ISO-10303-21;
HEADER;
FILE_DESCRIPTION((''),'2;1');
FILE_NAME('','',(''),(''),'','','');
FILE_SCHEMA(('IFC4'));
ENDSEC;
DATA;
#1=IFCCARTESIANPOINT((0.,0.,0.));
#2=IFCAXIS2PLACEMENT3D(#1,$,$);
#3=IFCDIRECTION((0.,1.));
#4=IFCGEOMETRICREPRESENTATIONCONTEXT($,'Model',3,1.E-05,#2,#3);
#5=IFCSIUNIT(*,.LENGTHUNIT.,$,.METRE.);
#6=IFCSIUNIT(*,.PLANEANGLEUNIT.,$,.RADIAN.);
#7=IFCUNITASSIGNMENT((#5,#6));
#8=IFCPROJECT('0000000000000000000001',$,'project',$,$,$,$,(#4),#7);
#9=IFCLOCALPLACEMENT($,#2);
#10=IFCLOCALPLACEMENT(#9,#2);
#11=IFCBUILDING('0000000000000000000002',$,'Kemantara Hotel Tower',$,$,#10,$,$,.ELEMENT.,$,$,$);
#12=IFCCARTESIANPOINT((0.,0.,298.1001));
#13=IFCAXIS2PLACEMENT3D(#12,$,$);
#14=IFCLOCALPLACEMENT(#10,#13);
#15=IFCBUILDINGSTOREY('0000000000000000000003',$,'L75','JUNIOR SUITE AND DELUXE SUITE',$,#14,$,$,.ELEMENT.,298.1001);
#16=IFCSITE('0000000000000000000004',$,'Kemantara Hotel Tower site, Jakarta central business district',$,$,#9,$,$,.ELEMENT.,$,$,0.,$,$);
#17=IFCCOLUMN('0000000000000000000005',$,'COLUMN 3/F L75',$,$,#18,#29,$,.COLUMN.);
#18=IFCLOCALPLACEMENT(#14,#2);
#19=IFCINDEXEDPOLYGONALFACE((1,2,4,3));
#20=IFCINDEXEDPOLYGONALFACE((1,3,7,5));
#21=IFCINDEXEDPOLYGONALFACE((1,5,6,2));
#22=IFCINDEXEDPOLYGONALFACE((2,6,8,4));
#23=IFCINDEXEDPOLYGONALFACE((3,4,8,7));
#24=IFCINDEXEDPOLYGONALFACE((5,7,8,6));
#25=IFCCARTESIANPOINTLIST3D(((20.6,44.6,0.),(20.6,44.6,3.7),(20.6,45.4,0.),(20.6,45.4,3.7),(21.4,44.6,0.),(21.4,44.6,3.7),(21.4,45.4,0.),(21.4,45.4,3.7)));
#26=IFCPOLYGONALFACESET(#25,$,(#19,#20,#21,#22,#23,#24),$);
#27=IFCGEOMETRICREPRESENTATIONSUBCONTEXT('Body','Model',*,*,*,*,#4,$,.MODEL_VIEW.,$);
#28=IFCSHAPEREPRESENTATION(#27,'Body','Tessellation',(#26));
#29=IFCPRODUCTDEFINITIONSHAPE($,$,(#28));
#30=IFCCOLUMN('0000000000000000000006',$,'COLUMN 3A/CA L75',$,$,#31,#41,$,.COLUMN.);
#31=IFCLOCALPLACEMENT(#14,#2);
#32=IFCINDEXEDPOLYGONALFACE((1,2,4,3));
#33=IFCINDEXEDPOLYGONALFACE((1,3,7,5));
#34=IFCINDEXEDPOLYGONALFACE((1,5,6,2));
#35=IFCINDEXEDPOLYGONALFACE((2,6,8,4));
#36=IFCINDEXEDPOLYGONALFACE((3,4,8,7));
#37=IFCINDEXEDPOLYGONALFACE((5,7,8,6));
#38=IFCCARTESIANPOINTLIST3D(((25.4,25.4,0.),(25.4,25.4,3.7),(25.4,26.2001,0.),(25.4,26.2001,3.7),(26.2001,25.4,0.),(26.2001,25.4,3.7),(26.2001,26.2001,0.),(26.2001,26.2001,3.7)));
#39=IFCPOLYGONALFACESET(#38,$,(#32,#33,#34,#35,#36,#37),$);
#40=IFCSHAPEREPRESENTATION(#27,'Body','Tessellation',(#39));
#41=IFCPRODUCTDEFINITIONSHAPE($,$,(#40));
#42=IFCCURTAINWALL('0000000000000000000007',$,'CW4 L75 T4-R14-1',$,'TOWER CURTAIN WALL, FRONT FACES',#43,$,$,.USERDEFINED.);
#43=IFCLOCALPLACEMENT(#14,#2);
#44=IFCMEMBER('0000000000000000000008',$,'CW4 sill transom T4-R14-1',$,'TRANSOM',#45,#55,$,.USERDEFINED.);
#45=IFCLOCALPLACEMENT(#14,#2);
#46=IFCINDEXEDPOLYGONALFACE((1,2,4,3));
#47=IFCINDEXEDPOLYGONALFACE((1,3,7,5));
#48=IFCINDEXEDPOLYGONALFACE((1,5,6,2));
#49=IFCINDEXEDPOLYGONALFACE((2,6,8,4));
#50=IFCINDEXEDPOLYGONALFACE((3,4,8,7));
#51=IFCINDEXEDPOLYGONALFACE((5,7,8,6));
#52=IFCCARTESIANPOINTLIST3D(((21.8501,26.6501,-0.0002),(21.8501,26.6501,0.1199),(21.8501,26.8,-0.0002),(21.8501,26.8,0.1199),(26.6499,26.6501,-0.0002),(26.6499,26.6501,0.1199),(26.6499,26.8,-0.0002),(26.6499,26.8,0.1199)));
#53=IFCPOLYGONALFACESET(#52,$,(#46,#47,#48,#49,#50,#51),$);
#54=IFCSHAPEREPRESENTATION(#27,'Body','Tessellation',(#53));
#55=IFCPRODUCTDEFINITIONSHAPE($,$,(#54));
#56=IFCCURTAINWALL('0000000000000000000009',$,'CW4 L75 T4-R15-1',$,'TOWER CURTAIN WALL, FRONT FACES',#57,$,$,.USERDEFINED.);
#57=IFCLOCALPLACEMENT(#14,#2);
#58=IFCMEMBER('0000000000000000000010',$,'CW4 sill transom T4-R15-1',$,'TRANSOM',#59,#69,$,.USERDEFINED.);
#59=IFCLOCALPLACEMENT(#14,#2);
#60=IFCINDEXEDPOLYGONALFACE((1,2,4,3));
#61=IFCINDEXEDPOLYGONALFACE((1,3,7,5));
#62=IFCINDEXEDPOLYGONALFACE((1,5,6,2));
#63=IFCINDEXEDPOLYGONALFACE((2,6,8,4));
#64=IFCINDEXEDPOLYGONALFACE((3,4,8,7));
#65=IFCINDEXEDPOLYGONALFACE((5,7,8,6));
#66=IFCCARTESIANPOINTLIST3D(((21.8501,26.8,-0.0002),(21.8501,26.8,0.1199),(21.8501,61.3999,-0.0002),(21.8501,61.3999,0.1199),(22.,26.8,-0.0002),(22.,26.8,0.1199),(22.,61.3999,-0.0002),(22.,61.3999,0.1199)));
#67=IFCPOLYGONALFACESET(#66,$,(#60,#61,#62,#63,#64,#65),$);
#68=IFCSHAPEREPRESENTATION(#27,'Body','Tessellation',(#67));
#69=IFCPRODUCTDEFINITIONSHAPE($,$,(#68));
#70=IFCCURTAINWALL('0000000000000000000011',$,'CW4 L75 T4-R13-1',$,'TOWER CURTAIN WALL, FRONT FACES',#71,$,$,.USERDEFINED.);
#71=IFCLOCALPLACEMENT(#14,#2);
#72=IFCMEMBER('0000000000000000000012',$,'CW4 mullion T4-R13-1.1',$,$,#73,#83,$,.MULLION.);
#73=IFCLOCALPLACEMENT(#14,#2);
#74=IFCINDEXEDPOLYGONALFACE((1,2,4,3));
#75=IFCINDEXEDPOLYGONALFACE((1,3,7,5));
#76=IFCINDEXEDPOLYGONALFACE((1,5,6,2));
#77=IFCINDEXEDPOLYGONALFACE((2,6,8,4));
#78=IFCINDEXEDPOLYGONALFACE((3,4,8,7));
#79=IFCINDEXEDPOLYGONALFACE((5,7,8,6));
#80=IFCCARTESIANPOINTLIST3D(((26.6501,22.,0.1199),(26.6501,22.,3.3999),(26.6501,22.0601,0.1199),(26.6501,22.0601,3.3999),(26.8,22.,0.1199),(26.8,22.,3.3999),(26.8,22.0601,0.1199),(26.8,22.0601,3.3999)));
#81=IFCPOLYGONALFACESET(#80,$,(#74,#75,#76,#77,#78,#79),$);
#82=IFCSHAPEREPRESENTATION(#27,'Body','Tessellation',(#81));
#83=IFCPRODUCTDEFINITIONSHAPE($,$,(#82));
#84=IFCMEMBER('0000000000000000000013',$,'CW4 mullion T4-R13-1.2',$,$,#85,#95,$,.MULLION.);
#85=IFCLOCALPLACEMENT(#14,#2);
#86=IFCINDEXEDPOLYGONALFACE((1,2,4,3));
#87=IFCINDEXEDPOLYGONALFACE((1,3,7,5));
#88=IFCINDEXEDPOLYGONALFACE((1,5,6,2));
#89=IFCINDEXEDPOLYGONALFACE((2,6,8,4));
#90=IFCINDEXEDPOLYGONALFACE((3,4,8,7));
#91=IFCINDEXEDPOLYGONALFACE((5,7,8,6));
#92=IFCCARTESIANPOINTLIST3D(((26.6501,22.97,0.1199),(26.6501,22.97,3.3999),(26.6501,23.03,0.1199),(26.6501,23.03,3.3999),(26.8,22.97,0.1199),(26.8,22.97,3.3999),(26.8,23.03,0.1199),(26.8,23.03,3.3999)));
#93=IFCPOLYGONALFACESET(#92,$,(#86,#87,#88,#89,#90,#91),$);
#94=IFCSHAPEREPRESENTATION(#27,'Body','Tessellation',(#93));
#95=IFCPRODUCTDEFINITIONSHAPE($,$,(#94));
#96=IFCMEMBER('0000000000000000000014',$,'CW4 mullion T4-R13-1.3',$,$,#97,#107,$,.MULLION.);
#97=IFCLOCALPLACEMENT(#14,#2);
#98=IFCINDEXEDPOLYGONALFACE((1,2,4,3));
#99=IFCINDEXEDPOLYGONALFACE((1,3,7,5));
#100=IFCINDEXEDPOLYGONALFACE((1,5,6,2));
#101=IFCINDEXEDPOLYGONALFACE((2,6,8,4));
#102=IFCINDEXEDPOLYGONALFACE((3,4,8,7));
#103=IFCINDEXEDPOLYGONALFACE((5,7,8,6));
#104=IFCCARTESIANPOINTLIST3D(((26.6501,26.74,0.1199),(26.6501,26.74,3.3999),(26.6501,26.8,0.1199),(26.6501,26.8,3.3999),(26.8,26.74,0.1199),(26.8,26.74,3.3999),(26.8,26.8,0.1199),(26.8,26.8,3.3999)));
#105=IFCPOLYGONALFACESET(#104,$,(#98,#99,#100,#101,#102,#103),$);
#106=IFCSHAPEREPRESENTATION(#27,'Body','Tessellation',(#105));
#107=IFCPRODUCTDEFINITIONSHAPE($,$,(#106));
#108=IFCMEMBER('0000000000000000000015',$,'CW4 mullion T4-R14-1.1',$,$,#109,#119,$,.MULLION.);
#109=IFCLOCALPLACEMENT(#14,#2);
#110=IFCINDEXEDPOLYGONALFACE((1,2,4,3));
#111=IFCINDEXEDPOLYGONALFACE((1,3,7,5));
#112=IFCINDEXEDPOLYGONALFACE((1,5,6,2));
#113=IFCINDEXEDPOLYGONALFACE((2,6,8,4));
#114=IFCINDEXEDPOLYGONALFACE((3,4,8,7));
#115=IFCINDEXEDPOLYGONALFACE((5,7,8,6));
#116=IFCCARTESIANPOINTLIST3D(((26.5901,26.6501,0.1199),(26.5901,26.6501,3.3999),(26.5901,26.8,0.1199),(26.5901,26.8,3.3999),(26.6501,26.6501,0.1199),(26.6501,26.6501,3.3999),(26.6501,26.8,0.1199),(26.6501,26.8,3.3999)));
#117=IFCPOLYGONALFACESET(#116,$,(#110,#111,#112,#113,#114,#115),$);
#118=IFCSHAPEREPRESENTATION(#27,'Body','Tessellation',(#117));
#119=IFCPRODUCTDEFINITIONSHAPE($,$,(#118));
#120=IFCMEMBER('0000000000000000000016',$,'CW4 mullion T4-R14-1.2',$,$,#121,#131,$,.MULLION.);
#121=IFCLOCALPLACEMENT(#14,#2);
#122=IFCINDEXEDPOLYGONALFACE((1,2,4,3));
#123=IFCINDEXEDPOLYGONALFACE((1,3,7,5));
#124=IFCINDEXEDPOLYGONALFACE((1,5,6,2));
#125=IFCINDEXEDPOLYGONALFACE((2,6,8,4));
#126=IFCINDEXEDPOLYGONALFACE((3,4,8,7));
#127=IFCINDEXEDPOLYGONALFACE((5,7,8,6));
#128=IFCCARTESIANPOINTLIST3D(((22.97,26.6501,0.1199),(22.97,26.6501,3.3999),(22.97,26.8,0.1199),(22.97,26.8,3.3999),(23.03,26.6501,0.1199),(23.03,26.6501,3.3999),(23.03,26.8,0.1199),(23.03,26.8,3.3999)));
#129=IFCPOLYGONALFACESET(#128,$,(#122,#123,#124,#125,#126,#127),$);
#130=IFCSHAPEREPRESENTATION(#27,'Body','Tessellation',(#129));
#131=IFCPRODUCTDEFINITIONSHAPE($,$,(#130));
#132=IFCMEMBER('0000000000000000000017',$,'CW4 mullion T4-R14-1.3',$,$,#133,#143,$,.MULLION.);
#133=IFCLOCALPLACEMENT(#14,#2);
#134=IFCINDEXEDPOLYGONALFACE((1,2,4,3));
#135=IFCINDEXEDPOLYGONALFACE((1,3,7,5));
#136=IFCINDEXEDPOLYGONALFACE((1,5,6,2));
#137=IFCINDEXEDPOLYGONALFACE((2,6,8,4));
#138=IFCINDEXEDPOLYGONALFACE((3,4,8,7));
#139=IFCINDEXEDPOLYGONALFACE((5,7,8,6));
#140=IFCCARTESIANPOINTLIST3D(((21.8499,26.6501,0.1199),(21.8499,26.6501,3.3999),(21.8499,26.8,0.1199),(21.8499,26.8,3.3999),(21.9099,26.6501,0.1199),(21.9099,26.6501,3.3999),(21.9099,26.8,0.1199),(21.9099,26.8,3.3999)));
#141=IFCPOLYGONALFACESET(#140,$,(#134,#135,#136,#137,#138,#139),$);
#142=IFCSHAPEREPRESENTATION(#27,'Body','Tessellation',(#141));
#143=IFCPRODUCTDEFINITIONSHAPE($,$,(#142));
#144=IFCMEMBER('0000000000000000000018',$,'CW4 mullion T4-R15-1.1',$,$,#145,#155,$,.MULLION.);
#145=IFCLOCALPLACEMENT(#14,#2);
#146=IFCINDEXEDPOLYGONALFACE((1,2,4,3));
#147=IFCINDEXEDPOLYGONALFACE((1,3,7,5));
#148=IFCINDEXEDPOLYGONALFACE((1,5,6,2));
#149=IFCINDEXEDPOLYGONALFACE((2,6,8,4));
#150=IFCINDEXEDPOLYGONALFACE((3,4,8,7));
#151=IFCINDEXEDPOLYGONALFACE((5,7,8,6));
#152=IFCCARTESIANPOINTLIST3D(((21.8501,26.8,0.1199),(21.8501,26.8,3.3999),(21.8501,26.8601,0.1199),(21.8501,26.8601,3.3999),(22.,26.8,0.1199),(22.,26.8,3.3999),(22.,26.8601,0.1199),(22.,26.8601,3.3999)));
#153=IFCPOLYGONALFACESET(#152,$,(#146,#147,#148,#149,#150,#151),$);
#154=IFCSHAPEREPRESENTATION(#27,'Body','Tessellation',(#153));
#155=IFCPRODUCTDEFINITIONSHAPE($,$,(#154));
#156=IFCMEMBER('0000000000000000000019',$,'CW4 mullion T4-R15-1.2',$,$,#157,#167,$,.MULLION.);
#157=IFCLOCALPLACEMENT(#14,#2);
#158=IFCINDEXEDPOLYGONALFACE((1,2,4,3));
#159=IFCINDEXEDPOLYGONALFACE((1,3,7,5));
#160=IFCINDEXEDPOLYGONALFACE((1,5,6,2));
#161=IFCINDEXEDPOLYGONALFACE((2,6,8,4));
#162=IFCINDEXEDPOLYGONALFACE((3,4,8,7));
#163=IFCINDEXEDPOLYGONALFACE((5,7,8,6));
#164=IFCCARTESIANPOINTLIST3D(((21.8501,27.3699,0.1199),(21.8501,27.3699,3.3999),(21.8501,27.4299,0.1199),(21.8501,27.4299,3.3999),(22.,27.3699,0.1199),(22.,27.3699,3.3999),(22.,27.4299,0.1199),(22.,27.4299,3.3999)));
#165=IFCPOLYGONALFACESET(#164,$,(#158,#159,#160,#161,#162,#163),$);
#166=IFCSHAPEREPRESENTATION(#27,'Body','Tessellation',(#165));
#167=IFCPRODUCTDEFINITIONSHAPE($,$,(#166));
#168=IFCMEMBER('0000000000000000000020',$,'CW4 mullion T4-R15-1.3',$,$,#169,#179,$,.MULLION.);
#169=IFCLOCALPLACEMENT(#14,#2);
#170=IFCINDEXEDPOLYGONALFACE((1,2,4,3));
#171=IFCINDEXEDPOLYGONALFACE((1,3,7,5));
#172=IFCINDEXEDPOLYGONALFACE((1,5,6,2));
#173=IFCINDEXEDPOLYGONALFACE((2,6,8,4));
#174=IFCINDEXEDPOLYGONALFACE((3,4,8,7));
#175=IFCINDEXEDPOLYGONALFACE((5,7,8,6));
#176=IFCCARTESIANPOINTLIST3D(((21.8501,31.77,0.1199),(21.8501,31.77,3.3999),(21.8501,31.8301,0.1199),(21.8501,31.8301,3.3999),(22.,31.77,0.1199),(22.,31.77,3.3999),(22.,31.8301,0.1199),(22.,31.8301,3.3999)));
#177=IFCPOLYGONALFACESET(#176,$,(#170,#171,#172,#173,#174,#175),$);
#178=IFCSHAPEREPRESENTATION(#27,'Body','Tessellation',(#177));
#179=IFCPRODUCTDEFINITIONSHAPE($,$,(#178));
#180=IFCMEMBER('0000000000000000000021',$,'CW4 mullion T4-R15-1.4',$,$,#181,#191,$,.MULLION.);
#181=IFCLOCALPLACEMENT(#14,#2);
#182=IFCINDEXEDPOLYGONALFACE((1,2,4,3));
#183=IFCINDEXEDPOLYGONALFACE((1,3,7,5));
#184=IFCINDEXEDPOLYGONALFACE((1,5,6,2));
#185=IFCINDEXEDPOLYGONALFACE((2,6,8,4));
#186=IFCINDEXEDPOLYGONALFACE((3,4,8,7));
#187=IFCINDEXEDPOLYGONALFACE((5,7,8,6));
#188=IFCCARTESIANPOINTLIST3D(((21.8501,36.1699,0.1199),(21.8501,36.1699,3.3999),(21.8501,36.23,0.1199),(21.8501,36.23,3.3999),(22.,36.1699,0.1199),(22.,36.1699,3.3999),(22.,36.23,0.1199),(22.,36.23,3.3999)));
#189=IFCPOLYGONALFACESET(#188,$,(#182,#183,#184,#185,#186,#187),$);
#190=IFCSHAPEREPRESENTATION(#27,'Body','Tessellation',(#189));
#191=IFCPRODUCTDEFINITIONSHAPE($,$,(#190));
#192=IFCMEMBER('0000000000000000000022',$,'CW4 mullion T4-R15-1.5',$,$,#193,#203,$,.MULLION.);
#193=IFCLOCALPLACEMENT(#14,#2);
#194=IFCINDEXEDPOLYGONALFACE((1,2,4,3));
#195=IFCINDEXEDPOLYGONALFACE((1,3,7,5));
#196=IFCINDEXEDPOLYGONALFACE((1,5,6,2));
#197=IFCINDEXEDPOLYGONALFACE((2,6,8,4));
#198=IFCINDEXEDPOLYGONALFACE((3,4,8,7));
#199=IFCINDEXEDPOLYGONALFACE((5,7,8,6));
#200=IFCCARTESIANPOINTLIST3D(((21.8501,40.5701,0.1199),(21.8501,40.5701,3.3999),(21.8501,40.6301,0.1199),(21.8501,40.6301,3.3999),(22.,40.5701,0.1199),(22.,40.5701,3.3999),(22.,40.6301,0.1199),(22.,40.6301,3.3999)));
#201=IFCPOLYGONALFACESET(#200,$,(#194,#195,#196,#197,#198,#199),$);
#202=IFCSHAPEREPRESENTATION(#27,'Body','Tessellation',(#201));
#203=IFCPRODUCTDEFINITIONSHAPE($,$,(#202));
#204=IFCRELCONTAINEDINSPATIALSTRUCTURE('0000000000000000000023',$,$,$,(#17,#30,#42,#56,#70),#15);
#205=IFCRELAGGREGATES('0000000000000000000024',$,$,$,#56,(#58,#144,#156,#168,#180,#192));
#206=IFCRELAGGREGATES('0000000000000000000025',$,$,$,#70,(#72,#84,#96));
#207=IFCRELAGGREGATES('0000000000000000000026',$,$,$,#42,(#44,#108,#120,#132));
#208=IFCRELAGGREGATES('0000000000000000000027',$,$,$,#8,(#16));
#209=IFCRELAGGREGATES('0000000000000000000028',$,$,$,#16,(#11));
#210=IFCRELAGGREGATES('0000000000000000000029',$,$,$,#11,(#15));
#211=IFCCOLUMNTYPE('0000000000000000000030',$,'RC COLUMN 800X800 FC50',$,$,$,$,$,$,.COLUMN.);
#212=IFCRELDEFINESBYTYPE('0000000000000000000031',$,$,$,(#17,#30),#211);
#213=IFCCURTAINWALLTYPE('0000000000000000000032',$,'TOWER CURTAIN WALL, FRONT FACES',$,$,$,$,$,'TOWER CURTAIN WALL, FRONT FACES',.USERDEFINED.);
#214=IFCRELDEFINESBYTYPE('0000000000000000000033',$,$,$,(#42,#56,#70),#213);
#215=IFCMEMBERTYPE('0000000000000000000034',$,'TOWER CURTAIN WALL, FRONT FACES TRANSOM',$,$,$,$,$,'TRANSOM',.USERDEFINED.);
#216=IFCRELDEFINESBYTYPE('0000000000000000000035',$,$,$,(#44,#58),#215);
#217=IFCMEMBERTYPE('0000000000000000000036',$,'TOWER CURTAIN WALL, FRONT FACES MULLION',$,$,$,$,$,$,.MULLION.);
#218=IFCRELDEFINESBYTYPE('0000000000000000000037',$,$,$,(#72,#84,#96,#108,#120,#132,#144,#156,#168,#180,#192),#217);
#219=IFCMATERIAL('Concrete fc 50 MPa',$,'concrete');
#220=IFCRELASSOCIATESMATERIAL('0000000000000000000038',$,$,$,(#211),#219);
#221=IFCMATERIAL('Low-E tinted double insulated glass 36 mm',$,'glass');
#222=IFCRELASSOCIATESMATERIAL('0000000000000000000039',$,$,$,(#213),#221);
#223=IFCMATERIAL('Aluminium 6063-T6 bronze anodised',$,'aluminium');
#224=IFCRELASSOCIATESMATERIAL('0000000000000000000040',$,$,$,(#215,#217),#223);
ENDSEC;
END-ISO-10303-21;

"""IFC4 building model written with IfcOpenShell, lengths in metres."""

from ifc_helpers import new_model, si_unit, direction, frame, origin, origin_2d, place, context, subcontext, project, spatial, rectangle, extrude, source, transform, mapped, material, material_profile, profile_set, type_object, element, aggregate, save


model = new_model("IFC4")

# Units and contexts
model_context = context("Model", 3, precision=1e-05, world=origin(), true_north=direction((0.0, 1.0)))
body_context = subcontext(model_context, "Body", "Model", "MODEL_VIEW")
ifc_project = project(units=[si_unit("LENGTHUNIT", "METRE"), si_unit("PLANEANGLEUNIT", "RADIAN")], contexts=[model_context])

# Site, building, storey
site_placement = place(None, origin())
site = spatial("IfcSite", under=ifc_project, at=site_placement, Name="Kemantara Hotel Tower site, Jakarta central business district", CompositionType="ELEMENT", RefElevation=0.0)
building_placement = place(site_placement, origin())
building = spatial("IfcBuilding", under=site, at=building_placement, Name="Kemantara Hotel Tower", CompositionType="ELEMENT")
storey_placement = place(building_placement, frame((0.0, 0.0, 298.1001)))
storey = spatial("IfcBuildingStorey", under=building, at=storey_placement, Name="L75", Description="JUNIOR SUITE AND DELUXE SUITE", CompositionType="ELEMENT", Elevation=298.1001)

# Columns
ifc_material_1 = material(Name="Concrete fc 50 MPa", Category="concrete")
ifc_material_profile_1 = material_profile(ifc_material_1, rectangle(XDim=0.8, YDim=0.8, at=origin_2d()), Name="RC 800X800")
ifc_profile_set_1 = profile_set([ifc_material_profile_1], Name="Concrete fc 50 MPa")
column_type = type_object("IfcColumnType", Name="RC COLUMN 800X800 FC50", PredefinedType="COLUMN", material=ifc_profile_set_1)
for number, where, z_axis, x_axis, name in (
    (1, (21.0, 45.0, 0.0), (0.0, 0.0, 1.0), (1.0, 0.0, 0.0), "COLUMN 3/F L75"),
    (2, (25.8, 25.8, 0.0), (0.0, 0.0, 1.0), (1.0, 0.0, 0.0), "COLUMN 3A/CA L75"),
):
    element("IfcColumn", number, at=place(storey_placement, frame(where, z_axis=z_axis, x_axis=x_axis)), inside=storey, type_object=column_type, Name=name, PredefinedType="COLUMN", context=body_context, shape_type="SweptSolid", body=[
        extrude(rectangle(XDim=0.8, YDim=0.8, at=origin_2d()), origin(), (0.0, 0.0, 1.0), 3.7),
    ])

# Curtain walls, members
ifc_material_2 = material(Name="Low-E tinted double insulated glass 36 mm", Category="glass")
curtain_wall_type = type_object("IfcCurtainWallType", Name="TOWER CURTAIN WALL, FRONT FACES", ElementType="TOWER CURTAIN WALL, FRONT FACES", PredefinedType="USERDEFINED", material=ifc_material_2)
curtain_wall_1_placement = place(storey_placement, origin())
curtain_wall_1 = element("IfcCurtainWall", 3, at=curtain_wall_1_placement, inside=storey, type_object=curtain_wall_type, Name="CW4 L75 T4-R14-1", ObjectType="TOWER CURTAIN WALL, FRONT FACES", PredefinedType="USERDEFINED")
ifc_material_3 = material(Name="Aluminium 6063-T6 bronze anodised", Category="aluminium")
ifc_material_profile_2 = material_profile(ifc_material_3, rectangle(XDim=0.1499, YDim=0.1201, at=origin_2d()), Name="TOWER CURTAIN WALL, FRONT FACES TRANSOM")
ifc_profile_set_2 = profile_set([ifc_material_profile_2], Name="Aluminium 6063-T6 bronze anodised")
member_type_1 = type_object("IfcMemberType", Name="TOWER CURTAIN WALL, FRONT FACES TRANSOM", ElementType="TRANSOM", PredefinedType="USERDEFINED", material=ifc_profile_set_2)
member_1_placement = place(storey_placement, frame((26.6499, 26.7251, 0.0598), z_axis=(-1.0, 0.0, 0.0), x_axis=(0.0, -1.0, 0.0)))
member_1 = element("IfcMember", 4, at=member_1_placement, type_object=member_type_1, Name="CW4 sill transom T4-R14-1", ObjectType="TRANSOM", PredefinedType="USERDEFINED", context=body_context, shape_type="SweptSolid", body=[
    extrude(rectangle(XDim=0.1499, YDim=0.1201, at=origin_2d()), origin(), (0.0, 0.0, 1.0), 4.7998),
])
curtain_wall_2_placement = place(storey_placement, origin())
curtain_wall_2 = element("IfcCurtainWall", 5, at=curtain_wall_2_placement, inside=storey, type_object=curtain_wall_type, Name="CW4 L75 T4-R15-1", ObjectType="TOWER CURTAIN WALL, FRONT FACES", PredefinedType="USERDEFINED")
member_2_placement = place(storey_placement, frame((21.925, 26.8, 0.0598), z_axis=(0.0, 1.0, 0.0), x_axis=(-1.0, 0.0, 0.0)))
member_2 = element("IfcMember", 6, at=member_2_placement, type_object=member_type_1, Name="CW4 sill transom T4-R15-1", ObjectType="TRANSOM", PredefinedType="USERDEFINED", context=body_context, shape_type="SweptSolid", body=[
    extrude(rectangle(XDim=0.1499, YDim=0.1201, at=origin_2d()), origin(), (0.0, 0.0, 1.0), 34.5999),
])

# Curtain wall, members
curtain_wall_3_placement = place(storey_placement, origin())
curtain_wall_3 = element("IfcCurtainWall", 7, at=curtain_wall_3_placement, inside=storey, type_object=curtain_wall_type, Name="CW4 L75 T4-R13-1", ObjectType="TOWER CURTAIN WALL, FRONT FACES", PredefinedType="USERDEFINED")
ifc_material_profile_3 = material_profile(ifc_material_3, rectangle(XDim=0.1499, YDim=0.0601, at=origin_2d()), Name="TOWER CURTAIN WALL, FRONT FACES MULLION")
ifc_profile_set_3 = profile_set([ifc_material_profile_3], Name="Aluminium 6063-T6 bronze anodised")
member_type_2 = type_object("IfcMemberType", Name="TOWER CURTAIN WALL, FRONT FACES MULLION", PredefinedType="MULLION", material=ifc_profile_set_3)
shared_shape_1 = source(origin(), body_context, "Body", "SweptSolid", [
    extrude(rectangle(XDim=0.1499, YDim=0.0601, at=origin_2d()), origin(), (0.0, 0.0, 1.0), 3.28),
])
member_3_placement = place(storey_placement, frame((26.7251, 22.03, 0.1199), z_axis=(0.0, 0.0, 1.0), x_axis=(-1.0, 0.0, 0.0)))
member_3 = element("IfcMember", 8, at=member_3_placement, type_object=member_type_2, Name="CW4 mullion T4-R13-1.1", PredefinedType="MULLION", context=body_context, shape_type="MappedRepresentation", body=[
    mapped(shared_shape_1, transform((0.0, 0.0, 0.0))),
])
member_4_placement = place(storey_placement, frame((26.7251, 23.0, 0.1199), z_axis=(0.0, 0.0, 1.0), x_axis=(-1.0, 0.0, 0.0)))
member_4 = element("IfcMember", 9, at=member_4_placement, type_object=member_type_2, Name="CW4 mullion T4-R13-1.2", PredefinedType="MULLION", context=body_context, shape_type="MappedRepresentation", body=[
    mapped(shared_shape_1, transform((0.0, 0.0, 0.0))),
])
member_5_placement = place(storey_placement, frame((26.7251, 26.77, 0.1199), z_axis=(0.0, 0.0, 1.0), x_axis=(-1.0, 0.0, 0.0)))
member_5 = element("IfcMember", 10, at=member_5_placement, type_object=member_type_2, Name="CW4 mullion T4-R13-1.3", PredefinedType="MULLION", context=body_context, shape_type="MappedRepresentation", body=[
    mapped(shared_shape_1, transform((0.0, 0.0, 0.0))),
])

# Members
member_6_placement = place(storey_placement, frame((26.6201, 26.7251, 0.1199), z_axis=(0.0, 0.0, 1.0), x_axis=(0.0, -1.0, 0.0)))
member_6 = element("IfcMember", 11, at=member_6_placement, type_object=member_type_2, Name="CW4 mullion T4-R14-1.1", PredefinedType="MULLION", context=body_context, shape_type="MappedRepresentation", body=[
    mapped(shared_shape_1, transform((0.0, 0.0, 0.0))),
])
member_7_placement = place(storey_placement, frame((23.0, 26.7251, 0.1199), z_axis=(0.0, 0.0, 1.0), x_axis=(0.0, -1.0, 0.0)))
member_7 = element("IfcMember", 12, at=member_7_placement, type_object=member_type_2, Name="CW4 mullion T4-R14-1.2", PredefinedType="MULLION", context=body_context, shape_type="MappedRepresentation", body=[
    mapped(shared_shape_1, transform((0.0, 0.0, 0.0))),
])
member_8_placement = place(storey_placement, frame((21.8799, 26.7251, 0.1199), z_axis=(0.0, 0.0, 1.0), x_axis=(0.0, -1.0, 0.0)))
member_8 = element("IfcMember", 13, at=member_8_placement, type_object=member_type_2, Name="CW4 mullion T4-R14-1.3", PredefinedType="MULLION", context=body_context, shape_type="MappedRepresentation", body=[
    mapped(shared_shape_1, transform((0.0, 0.0, 0.0))),
])
member_9_placement = place(storey_placement, frame((21.925, 26.8301, 0.1199), z_axis=(0.0, 0.0, 1.0), x_axis=(-1.0, 0.0, 0.0)))
member_9 = element("IfcMember", 14, at=member_9_placement, type_object=member_type_2, Name="CW4 mullion T4-R15-1.1", PredefinedType="MULLION", context=body_context, shape_type="MappedRepresentation", body=[
    mapped(shared_shape_1, transform((0.0, 0.0, 0.0))),
])
member_10_placement = place(storey_placement, frame((21.925, 27.3999, 0.1199), z_axis=(0.0, 0.0, 1.0), x_axis=(-1.0, 0.0, 0.0)))
member_10 = element("IfcMember", 15, at=member_10_placement, type_object=member_type_2, Name="CW4 mullion T4-R15-1.2", PredefinedType="MULLION", context=body_context, shape_type="MappedRepresentation", body=[
    mapped(shared_shape_1, transform((0.0, 0.0, 0.0))),
])
member_11_placement = place(storey_placement, frame((21.925, 31.8, 0.1199), z_axis=(0.0, 0.0, 1.0), x_axis=(-1.0, 0.0, 0.0)))
member_11 = element("IfcMember", 16, at=member_11_placement, type_object=member_type_2, Name="CW4 mullion T4-R15-1.3", PredefinedType="MULLION", context=body_context, shape_type="MappedRepresentation", body=[
    mapped(shared_shape_1, transform((0.0, 0.0, 0.0))),
])
member_12_placement = place(storey_placement, frame((21.925, 36.2, 0.1199), z_axis=(0.0, 0.0, 1.0), x_axis=(-1.0, 0.0, 0.0)))
member_12 = element("IfcMember", 17, at=member_12_placement, type_object=member_type_2, Name="CW4 mullion T4-R15-1.4", PredefinedType="MULLION", context=body_context, shape_type="MappedRepresentation", body=[
    mapped(shared_shape_1, transform((0.0, 0.0, 0.0))),
])
member_13_placement = place(storey_placement, frame((21.925, 40.6001, 0.1199), z_axis=(0.0, 0.0, 1.0), x_axis=(-1.0, 0.0, 0.0)))
member_13 = element("IfcMember", 18, at=member_13_placement, type_object=member_type_2, Name="CW4 mullion T4-R15-1.5", PredefinedType="MULLION", context=body_context, shape_type="MappedRepresentation", body=[
    mapped(shared_shape_1, transform((0.0, 0.0, 0.0))),
])

aggregate(curtain_wall_2, [member_2, member_9, member_10, member_11, member_12, member_13])
aggregate(curtain_wall_3, [member_3, member_4, member_5])
aggregate(curtain_wall_1, [member_1, member_6, member_7, member_8])

save(model, "model.ifc")
